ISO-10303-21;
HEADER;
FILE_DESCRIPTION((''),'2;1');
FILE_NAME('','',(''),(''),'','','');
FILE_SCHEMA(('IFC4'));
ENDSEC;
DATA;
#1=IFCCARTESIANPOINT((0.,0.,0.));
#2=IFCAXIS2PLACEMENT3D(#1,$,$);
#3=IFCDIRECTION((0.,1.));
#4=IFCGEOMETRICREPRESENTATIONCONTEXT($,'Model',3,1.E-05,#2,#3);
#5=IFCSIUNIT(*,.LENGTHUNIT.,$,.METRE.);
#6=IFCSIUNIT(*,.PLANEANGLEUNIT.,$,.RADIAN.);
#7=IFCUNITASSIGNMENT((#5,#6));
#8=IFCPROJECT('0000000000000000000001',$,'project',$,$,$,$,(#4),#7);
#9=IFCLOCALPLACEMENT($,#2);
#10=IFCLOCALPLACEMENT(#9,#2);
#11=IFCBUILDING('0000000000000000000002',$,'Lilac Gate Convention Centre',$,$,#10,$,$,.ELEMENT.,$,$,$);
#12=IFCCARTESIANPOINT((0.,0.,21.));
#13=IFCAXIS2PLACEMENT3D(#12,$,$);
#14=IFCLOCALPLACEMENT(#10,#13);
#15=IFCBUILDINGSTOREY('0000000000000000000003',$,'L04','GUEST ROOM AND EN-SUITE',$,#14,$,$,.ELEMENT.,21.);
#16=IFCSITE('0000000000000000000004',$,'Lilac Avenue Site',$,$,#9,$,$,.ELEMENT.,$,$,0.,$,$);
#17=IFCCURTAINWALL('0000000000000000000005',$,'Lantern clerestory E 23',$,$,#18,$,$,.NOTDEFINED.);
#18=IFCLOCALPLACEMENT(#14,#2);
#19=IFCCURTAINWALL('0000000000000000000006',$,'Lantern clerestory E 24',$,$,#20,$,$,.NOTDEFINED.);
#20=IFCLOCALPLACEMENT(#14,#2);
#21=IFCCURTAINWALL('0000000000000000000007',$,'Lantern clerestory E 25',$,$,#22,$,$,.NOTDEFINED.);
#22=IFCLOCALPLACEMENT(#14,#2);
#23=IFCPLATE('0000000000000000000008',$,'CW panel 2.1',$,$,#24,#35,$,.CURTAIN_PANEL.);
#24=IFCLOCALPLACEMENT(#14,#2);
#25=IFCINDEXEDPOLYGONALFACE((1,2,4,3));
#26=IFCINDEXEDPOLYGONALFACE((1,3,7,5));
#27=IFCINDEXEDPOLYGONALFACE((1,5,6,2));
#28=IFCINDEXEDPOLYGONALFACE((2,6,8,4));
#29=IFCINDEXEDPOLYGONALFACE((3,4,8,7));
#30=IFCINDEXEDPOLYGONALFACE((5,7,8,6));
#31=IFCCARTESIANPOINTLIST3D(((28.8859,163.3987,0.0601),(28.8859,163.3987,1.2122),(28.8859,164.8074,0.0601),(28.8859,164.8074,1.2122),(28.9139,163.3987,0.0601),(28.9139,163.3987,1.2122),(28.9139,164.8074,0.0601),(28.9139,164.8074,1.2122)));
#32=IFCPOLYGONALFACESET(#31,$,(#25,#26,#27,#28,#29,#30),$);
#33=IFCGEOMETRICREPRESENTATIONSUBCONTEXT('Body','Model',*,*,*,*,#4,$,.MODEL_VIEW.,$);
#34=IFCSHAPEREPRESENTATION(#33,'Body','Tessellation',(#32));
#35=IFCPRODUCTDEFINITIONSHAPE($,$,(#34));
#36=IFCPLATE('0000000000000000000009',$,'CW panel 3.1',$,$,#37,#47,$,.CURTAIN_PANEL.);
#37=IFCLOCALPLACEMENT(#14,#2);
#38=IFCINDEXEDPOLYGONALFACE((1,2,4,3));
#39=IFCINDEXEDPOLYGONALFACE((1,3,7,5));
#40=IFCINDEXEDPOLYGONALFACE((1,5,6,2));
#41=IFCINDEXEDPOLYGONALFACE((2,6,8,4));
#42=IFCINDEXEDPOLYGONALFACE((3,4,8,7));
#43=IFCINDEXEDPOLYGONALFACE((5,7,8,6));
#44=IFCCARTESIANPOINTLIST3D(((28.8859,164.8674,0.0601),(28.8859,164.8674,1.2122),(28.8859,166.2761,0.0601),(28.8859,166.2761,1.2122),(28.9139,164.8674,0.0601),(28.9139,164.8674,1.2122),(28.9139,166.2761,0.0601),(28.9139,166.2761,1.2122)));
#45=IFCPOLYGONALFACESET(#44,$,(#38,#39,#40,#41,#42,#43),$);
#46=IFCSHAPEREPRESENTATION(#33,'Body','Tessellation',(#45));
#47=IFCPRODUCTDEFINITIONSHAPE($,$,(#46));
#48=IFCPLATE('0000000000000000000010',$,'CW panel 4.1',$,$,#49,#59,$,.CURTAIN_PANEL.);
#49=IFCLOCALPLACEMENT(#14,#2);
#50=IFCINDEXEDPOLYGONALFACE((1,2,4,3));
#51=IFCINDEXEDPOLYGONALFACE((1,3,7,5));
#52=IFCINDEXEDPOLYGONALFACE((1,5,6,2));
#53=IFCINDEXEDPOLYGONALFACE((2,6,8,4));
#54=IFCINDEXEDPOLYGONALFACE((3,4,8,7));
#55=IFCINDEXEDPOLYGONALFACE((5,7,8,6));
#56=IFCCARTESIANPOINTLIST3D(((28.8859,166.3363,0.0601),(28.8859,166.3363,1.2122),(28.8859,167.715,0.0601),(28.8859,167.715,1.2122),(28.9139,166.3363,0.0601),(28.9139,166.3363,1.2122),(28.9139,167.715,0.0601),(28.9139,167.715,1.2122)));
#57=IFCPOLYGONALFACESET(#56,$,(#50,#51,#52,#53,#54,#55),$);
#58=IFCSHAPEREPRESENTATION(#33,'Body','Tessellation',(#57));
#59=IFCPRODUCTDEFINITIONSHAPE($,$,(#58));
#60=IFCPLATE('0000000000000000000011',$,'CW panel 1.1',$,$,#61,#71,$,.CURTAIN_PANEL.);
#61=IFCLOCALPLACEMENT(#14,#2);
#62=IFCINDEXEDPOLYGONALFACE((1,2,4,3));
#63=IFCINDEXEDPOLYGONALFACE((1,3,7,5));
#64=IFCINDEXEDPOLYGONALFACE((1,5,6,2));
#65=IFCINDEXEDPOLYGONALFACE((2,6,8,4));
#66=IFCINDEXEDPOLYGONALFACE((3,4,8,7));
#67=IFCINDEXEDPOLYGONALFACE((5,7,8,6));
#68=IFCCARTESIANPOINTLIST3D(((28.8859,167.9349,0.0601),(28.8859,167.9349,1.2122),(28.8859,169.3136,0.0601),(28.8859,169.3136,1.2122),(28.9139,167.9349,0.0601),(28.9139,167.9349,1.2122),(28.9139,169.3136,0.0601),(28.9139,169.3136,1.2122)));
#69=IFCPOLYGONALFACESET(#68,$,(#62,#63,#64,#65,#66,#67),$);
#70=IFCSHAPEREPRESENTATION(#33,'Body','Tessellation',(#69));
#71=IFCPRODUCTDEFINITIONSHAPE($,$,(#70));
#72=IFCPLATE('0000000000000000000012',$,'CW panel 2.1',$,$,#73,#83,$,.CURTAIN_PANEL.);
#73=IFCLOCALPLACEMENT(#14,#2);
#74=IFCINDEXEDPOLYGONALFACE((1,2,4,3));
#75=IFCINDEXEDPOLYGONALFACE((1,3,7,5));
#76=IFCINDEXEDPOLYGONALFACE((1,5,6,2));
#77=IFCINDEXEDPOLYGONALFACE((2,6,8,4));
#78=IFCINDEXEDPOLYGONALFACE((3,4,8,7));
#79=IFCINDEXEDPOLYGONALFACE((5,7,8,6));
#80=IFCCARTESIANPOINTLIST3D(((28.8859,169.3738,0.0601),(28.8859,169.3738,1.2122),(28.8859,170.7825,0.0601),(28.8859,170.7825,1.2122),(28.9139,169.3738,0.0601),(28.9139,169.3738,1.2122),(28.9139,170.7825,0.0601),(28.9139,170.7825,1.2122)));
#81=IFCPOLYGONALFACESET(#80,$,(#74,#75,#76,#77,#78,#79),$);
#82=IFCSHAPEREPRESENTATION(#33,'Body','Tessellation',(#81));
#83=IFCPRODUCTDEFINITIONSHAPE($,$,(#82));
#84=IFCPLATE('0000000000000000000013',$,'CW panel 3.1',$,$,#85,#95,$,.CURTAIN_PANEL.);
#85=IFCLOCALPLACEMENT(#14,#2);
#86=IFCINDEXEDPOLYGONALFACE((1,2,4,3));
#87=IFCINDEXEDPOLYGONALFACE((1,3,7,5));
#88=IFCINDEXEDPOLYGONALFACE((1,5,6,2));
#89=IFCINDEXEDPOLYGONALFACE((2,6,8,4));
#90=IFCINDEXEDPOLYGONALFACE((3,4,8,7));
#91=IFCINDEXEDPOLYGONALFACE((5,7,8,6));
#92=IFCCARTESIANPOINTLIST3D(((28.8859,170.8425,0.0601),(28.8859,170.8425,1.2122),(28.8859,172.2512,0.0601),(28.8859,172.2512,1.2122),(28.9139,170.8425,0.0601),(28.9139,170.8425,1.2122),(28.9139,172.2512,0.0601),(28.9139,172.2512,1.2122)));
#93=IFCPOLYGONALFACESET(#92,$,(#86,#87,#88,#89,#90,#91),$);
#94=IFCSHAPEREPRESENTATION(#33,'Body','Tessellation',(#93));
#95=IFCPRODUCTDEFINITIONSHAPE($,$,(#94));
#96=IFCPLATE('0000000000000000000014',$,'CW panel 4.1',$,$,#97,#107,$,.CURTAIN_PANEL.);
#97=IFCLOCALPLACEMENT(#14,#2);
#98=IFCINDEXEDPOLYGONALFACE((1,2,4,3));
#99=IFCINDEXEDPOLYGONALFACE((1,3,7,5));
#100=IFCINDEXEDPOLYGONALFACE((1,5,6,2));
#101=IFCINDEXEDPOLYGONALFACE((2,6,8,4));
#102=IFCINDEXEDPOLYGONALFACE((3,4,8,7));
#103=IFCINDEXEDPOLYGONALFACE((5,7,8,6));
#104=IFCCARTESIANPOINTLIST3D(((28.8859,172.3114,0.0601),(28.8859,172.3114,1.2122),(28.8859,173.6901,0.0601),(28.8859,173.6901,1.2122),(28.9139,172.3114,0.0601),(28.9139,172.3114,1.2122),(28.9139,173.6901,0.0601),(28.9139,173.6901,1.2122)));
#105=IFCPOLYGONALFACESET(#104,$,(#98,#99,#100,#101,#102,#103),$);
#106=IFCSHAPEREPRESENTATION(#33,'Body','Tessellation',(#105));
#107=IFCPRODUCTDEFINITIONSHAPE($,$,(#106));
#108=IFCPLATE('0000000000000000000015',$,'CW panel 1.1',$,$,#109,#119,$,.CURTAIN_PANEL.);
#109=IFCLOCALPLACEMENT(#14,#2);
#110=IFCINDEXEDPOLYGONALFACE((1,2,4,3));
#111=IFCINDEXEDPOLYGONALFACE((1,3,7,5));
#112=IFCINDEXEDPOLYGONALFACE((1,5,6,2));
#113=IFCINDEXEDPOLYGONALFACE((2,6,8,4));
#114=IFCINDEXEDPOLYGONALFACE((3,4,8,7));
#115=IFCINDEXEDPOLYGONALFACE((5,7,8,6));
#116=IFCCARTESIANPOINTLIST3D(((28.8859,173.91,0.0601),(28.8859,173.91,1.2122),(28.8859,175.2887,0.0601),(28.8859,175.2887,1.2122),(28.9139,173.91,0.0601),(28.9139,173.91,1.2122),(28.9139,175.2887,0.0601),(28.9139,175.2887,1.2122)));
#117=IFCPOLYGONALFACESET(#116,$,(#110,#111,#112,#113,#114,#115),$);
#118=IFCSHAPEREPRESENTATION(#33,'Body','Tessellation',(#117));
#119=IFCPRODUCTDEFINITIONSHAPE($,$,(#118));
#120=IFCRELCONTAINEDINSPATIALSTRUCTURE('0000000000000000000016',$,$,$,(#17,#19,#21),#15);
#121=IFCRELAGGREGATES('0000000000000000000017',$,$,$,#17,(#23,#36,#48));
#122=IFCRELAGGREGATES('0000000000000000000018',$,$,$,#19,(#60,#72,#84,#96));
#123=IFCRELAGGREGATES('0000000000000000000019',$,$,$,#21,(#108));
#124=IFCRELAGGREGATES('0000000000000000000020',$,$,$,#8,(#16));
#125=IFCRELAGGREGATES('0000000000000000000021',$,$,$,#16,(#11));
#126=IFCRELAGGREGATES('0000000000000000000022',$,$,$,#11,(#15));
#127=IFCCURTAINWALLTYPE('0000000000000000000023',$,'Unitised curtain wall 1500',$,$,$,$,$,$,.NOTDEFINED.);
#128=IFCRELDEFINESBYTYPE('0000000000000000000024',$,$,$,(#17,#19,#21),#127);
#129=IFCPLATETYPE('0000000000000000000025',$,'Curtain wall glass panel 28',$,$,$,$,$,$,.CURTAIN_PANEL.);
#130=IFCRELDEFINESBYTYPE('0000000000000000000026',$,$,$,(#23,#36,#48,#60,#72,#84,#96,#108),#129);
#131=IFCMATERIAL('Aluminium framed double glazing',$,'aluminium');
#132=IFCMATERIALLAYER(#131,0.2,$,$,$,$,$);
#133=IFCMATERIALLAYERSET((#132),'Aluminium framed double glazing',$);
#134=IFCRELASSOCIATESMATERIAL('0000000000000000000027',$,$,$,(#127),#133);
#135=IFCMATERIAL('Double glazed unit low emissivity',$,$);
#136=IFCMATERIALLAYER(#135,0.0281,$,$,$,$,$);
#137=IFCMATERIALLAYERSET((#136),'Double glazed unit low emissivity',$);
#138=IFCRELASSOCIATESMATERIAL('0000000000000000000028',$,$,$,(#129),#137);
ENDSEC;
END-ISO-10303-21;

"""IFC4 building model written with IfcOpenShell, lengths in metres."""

from ifc_helpers import new_model, si_unit, direction, frame, origin, origin_2d, place, context, subcontext, project, spatial, rectangle, extrude, material, layer, layer_set, type_object, element, aggregate, save


model = new_model("IFC4")

# Units and contexts
model_context = context("Model", 3, precision=1e-05, world=origin(), true_north=direction((0.0, 1.0)))
body_context = subcontext(model_context, "Body", "Model", "MODEL_VIEW")
ifc_project = project(units=[si_unit("LENGTHUNIT", "METRE"), si_unit("PLANEANGLEUNIT", "RADIAN")], contexts=[model_context])

# Site, building, storey
site_placement = place(None, origin())
site = spatial("IfcSite", under=ifc_project, at=site_placement, Name="Lilac Avenue Site", CompositionType="ELEMENT", RefElevation=0.0)
building_placement = place(site_placement, origin())
building = spatial("IfcBuilding", under=site, at=building_placement, Name="Lilac Gate Convention Centre", CompositionType="ELEMENT")
storey_placement = place(building_placement, frame((0.0, 0.0, 21.0)))
storey = spatial("IfcBuildingStorey", under=building, at=storey_placement, Name="L04", Description="GUEST ROOM AND EN-SUITE", CompositionType="ELEMENT", Elevation=21.0)

# Curtain walls
ifc_material_1 = material(Name="Aluminium framed double glazing", Category="aluminium")
ifc_layer_1 = layer(ifc_material_1, 0.2)
ifc_layer_set_1 = layer_set([ifc_layer_1], Name="Aluminium framed double glazing")
curtain_wall_type = type_object("IfcCurtainWallType", Name="Unitised curtain wall 1500", PredefinedType="NOTDEFINED", material=ifc_layer_set_1)
curtain_wall_1_placement = place(storey_placement, origin())
curtain_wall_1 = element("IfcCurtainWall", 1, at=curtain_wall_1_placement, inside=storey, type_object=curtain_wall_type, Name="Lantern clerestory E 23", PredefinedType="NOTDEFINED")
curtain_wall_2_placement = place(storey_placement, origin())
curtain_wall_2 = element("IfcCurtainWall", 2, at=curtain_wall_2_placement, inside=storey, type_object=curtain_wall_type, Name="Lantern clerestory E 24", PredefinedType="NOTDEFINED")
curtain_wall_3_placement = place(storey_placement, origin())
curtain_wall_3 = element("IfcCurtainWall", 3, at=curtain_wall_3_placement, inside=storey, type_object=curtain_wall_type, Name="Lantern clerestory E 25", PredefinedType="NOTDEFINED")

# Plates
ifc_material_2 = material(Name="Double glazed unit low emissivity")
ifc_layer_2 = layer(ifc_material_2, 0.0281)
ifc_layer_set_2 = layer_set([ifc_layer_2], Name="Double glazed unit low emissivity")
plate_type = type_object("IfcPlateType", Name="Curtain wall glass panel 28", PredefinedType="CURTAIN_PANEL", material=ifc_layer_set_2)
plate_1_placement = place(storey_placement, frame((28.8999, 164.103, 0.0601), z_axis=(0.0, 0.0, 1.0), x_axis=(0.0, 1.0, 0.0)))
plate_1 = element("IfcPlate", 4, at=plate_1_placement, type_object=plate_type, Name="CW panel 2.1", PredefinedType="CURTAIN_PANEL", context=body_context, shape_type="SweptSolid", body=[
    extrude(rectangle(XDim=1.4087, YDim=0.0281, at=origin_2d()), origin(), (0.0, 0.0, 1.0), 1.1521),
])
plate_2_placement = place(storey_placement, frame((28.8999, 165.5718, 0.0601), z_axis=(0.0, 0.0, 1.0), x_axis=(0.0, 1.0, 0.0)))
plate_2 = element("IfcPlate", 5, at=plate_2_placement, type_object=plate_type, Name="CW panel 3.1", PredefinedType="CURTAIN_PANEL", context=body_context, shape_type="SweptSolid", body=[
    extrude(rectangle(XDim=1.4087, YDim=0.0281, at=origin_2d()), origin(), (0.0, 0.0, 1.0), 1.1521),
])
plate_3_placement = place(storey_placement, frame((28.8999, 167.0256, 0.0601), z_axis=(0.0, 0.0, 1.0), x_axis=(0.0, 1.0, 0.0)))
plate_3 = element("IfcPlate", 6, at=plate_3_placement, type_object=plate_type, Name="CW panel 4.1", PredefinedType="CURTAIN_PANEL", context=body_context, shape_type="SweptSolid", body=[
    extrude(rectangle(XDim=1.3787, YDim=0.0281, at=origin_2d()), origin(), (0.0, 0.0, 1.0), 1.1521),
])
aggregate(curtain_wall_1, [plate_1, plate_2, plate_3])
plate_4_placement = place(storey_placement, frame((28.8999, 168.6243, 0.0601), z_axis=(0.0, 0.0, 1.0), x_axis=(0.0, 1.0, 0.0)))
plate_4 = element("IfcPlate", 7, at=plate_4_placement, type_object=plate_type, Name="CW panel 1.1", PredefinedType="CURTAIN_PANEL", context=body_context, shape_type="SweptSolid", body=[
    extrude(rectangle(XDim=1.3787, YDim=0.0281, at=origin_2d()), origin(), (0.0, 0.0, 1.0), 1.1521),
])
plate_5_placement = place(storey_placement, frame((28.8999, 170.0781, 0.0601), z_axis=(0.0, 0.0, 1.0), x_axis=(0.0, 1.0, 0.0)))
plate_5 = element("IfcPlate", 8, at=plate_5_placement, type_object=plate_type, Name="CW panel 2.1", PredefinedType="CURTAIN_PANEL", context=body_context, shape_type="SweptSolid", body=[
    extrude(rectangle(XDim=1.4087, YDim=0.0281, at=origin_2d()), origin(), (0.0, 0.0, 1.0), 1.1521),
])
plate_6_placement = place(storey_placement, frame((28.8999, 171.5469, 0.0601), z_axis=(0.0, 0.0, 1.0), x_axis=(0.0, 1.0, 0.0)))
plate_6 = element("IfcPlate", 9, at=plate_6_placement, type_object=plate_type, Name="CW panel 3.1", PredefinedType="CURTAIN_PANEL", context=body_context, shape_type="SweptSolid", body=[
    extrude(rectangle(XDim=1.4087, YDim=0.0281, at=origin_2d()), origin(), (0.0, 0.0, 1.0), 1.1521),
])
plate_7_placement = place(storey_placement, frame((28.8999, 173.0007, 0.0601), z_axis=(0.0, 0.0, 1.0), x_axis=(0.0, 1.0, 0.0)))
plate_7 = element("IfcPlate", 10, at=plate_7_placement, type_object=plate_type, Name="CW panel 4.1", PredefinedType="CURTAIN_PANEL", context=body_context, shape_type="SweptSolid", body=[
    extrude(rectangle(XDim=1.3787, YDim=0.0281, at=origin_2d()), origin(), (0.0, 0.0, 1.0), 1.1521),
])
aggregate(curtain_wall_2, [plate_4, plate_5, plate_6, plate_7])
plate_8_placement = place(storey_placement, frame((28.8999, 174.5994, 0.0601), z_axis=(0.0, 0.0, 1.0), x_axis=(0.0, 1.0, 0.0)))
plate_8 = element("IfcPlate", 11, at=plate_8_placement, type_object=plate_type, Name="CW panel 1.1", PredefinedType="CURTAIN_PANEL", context=body_context, shape_type="SweptSolid", body=[
    extrude(rectangle(XDim=1.3787, YDim=0.0281, at=origin_2d()), origin(), (0.0, 0.0, 1.0), 1.1521),
])
aggregate(curtain_wall_3, [plate_8])

save(model, "model.ifc")
